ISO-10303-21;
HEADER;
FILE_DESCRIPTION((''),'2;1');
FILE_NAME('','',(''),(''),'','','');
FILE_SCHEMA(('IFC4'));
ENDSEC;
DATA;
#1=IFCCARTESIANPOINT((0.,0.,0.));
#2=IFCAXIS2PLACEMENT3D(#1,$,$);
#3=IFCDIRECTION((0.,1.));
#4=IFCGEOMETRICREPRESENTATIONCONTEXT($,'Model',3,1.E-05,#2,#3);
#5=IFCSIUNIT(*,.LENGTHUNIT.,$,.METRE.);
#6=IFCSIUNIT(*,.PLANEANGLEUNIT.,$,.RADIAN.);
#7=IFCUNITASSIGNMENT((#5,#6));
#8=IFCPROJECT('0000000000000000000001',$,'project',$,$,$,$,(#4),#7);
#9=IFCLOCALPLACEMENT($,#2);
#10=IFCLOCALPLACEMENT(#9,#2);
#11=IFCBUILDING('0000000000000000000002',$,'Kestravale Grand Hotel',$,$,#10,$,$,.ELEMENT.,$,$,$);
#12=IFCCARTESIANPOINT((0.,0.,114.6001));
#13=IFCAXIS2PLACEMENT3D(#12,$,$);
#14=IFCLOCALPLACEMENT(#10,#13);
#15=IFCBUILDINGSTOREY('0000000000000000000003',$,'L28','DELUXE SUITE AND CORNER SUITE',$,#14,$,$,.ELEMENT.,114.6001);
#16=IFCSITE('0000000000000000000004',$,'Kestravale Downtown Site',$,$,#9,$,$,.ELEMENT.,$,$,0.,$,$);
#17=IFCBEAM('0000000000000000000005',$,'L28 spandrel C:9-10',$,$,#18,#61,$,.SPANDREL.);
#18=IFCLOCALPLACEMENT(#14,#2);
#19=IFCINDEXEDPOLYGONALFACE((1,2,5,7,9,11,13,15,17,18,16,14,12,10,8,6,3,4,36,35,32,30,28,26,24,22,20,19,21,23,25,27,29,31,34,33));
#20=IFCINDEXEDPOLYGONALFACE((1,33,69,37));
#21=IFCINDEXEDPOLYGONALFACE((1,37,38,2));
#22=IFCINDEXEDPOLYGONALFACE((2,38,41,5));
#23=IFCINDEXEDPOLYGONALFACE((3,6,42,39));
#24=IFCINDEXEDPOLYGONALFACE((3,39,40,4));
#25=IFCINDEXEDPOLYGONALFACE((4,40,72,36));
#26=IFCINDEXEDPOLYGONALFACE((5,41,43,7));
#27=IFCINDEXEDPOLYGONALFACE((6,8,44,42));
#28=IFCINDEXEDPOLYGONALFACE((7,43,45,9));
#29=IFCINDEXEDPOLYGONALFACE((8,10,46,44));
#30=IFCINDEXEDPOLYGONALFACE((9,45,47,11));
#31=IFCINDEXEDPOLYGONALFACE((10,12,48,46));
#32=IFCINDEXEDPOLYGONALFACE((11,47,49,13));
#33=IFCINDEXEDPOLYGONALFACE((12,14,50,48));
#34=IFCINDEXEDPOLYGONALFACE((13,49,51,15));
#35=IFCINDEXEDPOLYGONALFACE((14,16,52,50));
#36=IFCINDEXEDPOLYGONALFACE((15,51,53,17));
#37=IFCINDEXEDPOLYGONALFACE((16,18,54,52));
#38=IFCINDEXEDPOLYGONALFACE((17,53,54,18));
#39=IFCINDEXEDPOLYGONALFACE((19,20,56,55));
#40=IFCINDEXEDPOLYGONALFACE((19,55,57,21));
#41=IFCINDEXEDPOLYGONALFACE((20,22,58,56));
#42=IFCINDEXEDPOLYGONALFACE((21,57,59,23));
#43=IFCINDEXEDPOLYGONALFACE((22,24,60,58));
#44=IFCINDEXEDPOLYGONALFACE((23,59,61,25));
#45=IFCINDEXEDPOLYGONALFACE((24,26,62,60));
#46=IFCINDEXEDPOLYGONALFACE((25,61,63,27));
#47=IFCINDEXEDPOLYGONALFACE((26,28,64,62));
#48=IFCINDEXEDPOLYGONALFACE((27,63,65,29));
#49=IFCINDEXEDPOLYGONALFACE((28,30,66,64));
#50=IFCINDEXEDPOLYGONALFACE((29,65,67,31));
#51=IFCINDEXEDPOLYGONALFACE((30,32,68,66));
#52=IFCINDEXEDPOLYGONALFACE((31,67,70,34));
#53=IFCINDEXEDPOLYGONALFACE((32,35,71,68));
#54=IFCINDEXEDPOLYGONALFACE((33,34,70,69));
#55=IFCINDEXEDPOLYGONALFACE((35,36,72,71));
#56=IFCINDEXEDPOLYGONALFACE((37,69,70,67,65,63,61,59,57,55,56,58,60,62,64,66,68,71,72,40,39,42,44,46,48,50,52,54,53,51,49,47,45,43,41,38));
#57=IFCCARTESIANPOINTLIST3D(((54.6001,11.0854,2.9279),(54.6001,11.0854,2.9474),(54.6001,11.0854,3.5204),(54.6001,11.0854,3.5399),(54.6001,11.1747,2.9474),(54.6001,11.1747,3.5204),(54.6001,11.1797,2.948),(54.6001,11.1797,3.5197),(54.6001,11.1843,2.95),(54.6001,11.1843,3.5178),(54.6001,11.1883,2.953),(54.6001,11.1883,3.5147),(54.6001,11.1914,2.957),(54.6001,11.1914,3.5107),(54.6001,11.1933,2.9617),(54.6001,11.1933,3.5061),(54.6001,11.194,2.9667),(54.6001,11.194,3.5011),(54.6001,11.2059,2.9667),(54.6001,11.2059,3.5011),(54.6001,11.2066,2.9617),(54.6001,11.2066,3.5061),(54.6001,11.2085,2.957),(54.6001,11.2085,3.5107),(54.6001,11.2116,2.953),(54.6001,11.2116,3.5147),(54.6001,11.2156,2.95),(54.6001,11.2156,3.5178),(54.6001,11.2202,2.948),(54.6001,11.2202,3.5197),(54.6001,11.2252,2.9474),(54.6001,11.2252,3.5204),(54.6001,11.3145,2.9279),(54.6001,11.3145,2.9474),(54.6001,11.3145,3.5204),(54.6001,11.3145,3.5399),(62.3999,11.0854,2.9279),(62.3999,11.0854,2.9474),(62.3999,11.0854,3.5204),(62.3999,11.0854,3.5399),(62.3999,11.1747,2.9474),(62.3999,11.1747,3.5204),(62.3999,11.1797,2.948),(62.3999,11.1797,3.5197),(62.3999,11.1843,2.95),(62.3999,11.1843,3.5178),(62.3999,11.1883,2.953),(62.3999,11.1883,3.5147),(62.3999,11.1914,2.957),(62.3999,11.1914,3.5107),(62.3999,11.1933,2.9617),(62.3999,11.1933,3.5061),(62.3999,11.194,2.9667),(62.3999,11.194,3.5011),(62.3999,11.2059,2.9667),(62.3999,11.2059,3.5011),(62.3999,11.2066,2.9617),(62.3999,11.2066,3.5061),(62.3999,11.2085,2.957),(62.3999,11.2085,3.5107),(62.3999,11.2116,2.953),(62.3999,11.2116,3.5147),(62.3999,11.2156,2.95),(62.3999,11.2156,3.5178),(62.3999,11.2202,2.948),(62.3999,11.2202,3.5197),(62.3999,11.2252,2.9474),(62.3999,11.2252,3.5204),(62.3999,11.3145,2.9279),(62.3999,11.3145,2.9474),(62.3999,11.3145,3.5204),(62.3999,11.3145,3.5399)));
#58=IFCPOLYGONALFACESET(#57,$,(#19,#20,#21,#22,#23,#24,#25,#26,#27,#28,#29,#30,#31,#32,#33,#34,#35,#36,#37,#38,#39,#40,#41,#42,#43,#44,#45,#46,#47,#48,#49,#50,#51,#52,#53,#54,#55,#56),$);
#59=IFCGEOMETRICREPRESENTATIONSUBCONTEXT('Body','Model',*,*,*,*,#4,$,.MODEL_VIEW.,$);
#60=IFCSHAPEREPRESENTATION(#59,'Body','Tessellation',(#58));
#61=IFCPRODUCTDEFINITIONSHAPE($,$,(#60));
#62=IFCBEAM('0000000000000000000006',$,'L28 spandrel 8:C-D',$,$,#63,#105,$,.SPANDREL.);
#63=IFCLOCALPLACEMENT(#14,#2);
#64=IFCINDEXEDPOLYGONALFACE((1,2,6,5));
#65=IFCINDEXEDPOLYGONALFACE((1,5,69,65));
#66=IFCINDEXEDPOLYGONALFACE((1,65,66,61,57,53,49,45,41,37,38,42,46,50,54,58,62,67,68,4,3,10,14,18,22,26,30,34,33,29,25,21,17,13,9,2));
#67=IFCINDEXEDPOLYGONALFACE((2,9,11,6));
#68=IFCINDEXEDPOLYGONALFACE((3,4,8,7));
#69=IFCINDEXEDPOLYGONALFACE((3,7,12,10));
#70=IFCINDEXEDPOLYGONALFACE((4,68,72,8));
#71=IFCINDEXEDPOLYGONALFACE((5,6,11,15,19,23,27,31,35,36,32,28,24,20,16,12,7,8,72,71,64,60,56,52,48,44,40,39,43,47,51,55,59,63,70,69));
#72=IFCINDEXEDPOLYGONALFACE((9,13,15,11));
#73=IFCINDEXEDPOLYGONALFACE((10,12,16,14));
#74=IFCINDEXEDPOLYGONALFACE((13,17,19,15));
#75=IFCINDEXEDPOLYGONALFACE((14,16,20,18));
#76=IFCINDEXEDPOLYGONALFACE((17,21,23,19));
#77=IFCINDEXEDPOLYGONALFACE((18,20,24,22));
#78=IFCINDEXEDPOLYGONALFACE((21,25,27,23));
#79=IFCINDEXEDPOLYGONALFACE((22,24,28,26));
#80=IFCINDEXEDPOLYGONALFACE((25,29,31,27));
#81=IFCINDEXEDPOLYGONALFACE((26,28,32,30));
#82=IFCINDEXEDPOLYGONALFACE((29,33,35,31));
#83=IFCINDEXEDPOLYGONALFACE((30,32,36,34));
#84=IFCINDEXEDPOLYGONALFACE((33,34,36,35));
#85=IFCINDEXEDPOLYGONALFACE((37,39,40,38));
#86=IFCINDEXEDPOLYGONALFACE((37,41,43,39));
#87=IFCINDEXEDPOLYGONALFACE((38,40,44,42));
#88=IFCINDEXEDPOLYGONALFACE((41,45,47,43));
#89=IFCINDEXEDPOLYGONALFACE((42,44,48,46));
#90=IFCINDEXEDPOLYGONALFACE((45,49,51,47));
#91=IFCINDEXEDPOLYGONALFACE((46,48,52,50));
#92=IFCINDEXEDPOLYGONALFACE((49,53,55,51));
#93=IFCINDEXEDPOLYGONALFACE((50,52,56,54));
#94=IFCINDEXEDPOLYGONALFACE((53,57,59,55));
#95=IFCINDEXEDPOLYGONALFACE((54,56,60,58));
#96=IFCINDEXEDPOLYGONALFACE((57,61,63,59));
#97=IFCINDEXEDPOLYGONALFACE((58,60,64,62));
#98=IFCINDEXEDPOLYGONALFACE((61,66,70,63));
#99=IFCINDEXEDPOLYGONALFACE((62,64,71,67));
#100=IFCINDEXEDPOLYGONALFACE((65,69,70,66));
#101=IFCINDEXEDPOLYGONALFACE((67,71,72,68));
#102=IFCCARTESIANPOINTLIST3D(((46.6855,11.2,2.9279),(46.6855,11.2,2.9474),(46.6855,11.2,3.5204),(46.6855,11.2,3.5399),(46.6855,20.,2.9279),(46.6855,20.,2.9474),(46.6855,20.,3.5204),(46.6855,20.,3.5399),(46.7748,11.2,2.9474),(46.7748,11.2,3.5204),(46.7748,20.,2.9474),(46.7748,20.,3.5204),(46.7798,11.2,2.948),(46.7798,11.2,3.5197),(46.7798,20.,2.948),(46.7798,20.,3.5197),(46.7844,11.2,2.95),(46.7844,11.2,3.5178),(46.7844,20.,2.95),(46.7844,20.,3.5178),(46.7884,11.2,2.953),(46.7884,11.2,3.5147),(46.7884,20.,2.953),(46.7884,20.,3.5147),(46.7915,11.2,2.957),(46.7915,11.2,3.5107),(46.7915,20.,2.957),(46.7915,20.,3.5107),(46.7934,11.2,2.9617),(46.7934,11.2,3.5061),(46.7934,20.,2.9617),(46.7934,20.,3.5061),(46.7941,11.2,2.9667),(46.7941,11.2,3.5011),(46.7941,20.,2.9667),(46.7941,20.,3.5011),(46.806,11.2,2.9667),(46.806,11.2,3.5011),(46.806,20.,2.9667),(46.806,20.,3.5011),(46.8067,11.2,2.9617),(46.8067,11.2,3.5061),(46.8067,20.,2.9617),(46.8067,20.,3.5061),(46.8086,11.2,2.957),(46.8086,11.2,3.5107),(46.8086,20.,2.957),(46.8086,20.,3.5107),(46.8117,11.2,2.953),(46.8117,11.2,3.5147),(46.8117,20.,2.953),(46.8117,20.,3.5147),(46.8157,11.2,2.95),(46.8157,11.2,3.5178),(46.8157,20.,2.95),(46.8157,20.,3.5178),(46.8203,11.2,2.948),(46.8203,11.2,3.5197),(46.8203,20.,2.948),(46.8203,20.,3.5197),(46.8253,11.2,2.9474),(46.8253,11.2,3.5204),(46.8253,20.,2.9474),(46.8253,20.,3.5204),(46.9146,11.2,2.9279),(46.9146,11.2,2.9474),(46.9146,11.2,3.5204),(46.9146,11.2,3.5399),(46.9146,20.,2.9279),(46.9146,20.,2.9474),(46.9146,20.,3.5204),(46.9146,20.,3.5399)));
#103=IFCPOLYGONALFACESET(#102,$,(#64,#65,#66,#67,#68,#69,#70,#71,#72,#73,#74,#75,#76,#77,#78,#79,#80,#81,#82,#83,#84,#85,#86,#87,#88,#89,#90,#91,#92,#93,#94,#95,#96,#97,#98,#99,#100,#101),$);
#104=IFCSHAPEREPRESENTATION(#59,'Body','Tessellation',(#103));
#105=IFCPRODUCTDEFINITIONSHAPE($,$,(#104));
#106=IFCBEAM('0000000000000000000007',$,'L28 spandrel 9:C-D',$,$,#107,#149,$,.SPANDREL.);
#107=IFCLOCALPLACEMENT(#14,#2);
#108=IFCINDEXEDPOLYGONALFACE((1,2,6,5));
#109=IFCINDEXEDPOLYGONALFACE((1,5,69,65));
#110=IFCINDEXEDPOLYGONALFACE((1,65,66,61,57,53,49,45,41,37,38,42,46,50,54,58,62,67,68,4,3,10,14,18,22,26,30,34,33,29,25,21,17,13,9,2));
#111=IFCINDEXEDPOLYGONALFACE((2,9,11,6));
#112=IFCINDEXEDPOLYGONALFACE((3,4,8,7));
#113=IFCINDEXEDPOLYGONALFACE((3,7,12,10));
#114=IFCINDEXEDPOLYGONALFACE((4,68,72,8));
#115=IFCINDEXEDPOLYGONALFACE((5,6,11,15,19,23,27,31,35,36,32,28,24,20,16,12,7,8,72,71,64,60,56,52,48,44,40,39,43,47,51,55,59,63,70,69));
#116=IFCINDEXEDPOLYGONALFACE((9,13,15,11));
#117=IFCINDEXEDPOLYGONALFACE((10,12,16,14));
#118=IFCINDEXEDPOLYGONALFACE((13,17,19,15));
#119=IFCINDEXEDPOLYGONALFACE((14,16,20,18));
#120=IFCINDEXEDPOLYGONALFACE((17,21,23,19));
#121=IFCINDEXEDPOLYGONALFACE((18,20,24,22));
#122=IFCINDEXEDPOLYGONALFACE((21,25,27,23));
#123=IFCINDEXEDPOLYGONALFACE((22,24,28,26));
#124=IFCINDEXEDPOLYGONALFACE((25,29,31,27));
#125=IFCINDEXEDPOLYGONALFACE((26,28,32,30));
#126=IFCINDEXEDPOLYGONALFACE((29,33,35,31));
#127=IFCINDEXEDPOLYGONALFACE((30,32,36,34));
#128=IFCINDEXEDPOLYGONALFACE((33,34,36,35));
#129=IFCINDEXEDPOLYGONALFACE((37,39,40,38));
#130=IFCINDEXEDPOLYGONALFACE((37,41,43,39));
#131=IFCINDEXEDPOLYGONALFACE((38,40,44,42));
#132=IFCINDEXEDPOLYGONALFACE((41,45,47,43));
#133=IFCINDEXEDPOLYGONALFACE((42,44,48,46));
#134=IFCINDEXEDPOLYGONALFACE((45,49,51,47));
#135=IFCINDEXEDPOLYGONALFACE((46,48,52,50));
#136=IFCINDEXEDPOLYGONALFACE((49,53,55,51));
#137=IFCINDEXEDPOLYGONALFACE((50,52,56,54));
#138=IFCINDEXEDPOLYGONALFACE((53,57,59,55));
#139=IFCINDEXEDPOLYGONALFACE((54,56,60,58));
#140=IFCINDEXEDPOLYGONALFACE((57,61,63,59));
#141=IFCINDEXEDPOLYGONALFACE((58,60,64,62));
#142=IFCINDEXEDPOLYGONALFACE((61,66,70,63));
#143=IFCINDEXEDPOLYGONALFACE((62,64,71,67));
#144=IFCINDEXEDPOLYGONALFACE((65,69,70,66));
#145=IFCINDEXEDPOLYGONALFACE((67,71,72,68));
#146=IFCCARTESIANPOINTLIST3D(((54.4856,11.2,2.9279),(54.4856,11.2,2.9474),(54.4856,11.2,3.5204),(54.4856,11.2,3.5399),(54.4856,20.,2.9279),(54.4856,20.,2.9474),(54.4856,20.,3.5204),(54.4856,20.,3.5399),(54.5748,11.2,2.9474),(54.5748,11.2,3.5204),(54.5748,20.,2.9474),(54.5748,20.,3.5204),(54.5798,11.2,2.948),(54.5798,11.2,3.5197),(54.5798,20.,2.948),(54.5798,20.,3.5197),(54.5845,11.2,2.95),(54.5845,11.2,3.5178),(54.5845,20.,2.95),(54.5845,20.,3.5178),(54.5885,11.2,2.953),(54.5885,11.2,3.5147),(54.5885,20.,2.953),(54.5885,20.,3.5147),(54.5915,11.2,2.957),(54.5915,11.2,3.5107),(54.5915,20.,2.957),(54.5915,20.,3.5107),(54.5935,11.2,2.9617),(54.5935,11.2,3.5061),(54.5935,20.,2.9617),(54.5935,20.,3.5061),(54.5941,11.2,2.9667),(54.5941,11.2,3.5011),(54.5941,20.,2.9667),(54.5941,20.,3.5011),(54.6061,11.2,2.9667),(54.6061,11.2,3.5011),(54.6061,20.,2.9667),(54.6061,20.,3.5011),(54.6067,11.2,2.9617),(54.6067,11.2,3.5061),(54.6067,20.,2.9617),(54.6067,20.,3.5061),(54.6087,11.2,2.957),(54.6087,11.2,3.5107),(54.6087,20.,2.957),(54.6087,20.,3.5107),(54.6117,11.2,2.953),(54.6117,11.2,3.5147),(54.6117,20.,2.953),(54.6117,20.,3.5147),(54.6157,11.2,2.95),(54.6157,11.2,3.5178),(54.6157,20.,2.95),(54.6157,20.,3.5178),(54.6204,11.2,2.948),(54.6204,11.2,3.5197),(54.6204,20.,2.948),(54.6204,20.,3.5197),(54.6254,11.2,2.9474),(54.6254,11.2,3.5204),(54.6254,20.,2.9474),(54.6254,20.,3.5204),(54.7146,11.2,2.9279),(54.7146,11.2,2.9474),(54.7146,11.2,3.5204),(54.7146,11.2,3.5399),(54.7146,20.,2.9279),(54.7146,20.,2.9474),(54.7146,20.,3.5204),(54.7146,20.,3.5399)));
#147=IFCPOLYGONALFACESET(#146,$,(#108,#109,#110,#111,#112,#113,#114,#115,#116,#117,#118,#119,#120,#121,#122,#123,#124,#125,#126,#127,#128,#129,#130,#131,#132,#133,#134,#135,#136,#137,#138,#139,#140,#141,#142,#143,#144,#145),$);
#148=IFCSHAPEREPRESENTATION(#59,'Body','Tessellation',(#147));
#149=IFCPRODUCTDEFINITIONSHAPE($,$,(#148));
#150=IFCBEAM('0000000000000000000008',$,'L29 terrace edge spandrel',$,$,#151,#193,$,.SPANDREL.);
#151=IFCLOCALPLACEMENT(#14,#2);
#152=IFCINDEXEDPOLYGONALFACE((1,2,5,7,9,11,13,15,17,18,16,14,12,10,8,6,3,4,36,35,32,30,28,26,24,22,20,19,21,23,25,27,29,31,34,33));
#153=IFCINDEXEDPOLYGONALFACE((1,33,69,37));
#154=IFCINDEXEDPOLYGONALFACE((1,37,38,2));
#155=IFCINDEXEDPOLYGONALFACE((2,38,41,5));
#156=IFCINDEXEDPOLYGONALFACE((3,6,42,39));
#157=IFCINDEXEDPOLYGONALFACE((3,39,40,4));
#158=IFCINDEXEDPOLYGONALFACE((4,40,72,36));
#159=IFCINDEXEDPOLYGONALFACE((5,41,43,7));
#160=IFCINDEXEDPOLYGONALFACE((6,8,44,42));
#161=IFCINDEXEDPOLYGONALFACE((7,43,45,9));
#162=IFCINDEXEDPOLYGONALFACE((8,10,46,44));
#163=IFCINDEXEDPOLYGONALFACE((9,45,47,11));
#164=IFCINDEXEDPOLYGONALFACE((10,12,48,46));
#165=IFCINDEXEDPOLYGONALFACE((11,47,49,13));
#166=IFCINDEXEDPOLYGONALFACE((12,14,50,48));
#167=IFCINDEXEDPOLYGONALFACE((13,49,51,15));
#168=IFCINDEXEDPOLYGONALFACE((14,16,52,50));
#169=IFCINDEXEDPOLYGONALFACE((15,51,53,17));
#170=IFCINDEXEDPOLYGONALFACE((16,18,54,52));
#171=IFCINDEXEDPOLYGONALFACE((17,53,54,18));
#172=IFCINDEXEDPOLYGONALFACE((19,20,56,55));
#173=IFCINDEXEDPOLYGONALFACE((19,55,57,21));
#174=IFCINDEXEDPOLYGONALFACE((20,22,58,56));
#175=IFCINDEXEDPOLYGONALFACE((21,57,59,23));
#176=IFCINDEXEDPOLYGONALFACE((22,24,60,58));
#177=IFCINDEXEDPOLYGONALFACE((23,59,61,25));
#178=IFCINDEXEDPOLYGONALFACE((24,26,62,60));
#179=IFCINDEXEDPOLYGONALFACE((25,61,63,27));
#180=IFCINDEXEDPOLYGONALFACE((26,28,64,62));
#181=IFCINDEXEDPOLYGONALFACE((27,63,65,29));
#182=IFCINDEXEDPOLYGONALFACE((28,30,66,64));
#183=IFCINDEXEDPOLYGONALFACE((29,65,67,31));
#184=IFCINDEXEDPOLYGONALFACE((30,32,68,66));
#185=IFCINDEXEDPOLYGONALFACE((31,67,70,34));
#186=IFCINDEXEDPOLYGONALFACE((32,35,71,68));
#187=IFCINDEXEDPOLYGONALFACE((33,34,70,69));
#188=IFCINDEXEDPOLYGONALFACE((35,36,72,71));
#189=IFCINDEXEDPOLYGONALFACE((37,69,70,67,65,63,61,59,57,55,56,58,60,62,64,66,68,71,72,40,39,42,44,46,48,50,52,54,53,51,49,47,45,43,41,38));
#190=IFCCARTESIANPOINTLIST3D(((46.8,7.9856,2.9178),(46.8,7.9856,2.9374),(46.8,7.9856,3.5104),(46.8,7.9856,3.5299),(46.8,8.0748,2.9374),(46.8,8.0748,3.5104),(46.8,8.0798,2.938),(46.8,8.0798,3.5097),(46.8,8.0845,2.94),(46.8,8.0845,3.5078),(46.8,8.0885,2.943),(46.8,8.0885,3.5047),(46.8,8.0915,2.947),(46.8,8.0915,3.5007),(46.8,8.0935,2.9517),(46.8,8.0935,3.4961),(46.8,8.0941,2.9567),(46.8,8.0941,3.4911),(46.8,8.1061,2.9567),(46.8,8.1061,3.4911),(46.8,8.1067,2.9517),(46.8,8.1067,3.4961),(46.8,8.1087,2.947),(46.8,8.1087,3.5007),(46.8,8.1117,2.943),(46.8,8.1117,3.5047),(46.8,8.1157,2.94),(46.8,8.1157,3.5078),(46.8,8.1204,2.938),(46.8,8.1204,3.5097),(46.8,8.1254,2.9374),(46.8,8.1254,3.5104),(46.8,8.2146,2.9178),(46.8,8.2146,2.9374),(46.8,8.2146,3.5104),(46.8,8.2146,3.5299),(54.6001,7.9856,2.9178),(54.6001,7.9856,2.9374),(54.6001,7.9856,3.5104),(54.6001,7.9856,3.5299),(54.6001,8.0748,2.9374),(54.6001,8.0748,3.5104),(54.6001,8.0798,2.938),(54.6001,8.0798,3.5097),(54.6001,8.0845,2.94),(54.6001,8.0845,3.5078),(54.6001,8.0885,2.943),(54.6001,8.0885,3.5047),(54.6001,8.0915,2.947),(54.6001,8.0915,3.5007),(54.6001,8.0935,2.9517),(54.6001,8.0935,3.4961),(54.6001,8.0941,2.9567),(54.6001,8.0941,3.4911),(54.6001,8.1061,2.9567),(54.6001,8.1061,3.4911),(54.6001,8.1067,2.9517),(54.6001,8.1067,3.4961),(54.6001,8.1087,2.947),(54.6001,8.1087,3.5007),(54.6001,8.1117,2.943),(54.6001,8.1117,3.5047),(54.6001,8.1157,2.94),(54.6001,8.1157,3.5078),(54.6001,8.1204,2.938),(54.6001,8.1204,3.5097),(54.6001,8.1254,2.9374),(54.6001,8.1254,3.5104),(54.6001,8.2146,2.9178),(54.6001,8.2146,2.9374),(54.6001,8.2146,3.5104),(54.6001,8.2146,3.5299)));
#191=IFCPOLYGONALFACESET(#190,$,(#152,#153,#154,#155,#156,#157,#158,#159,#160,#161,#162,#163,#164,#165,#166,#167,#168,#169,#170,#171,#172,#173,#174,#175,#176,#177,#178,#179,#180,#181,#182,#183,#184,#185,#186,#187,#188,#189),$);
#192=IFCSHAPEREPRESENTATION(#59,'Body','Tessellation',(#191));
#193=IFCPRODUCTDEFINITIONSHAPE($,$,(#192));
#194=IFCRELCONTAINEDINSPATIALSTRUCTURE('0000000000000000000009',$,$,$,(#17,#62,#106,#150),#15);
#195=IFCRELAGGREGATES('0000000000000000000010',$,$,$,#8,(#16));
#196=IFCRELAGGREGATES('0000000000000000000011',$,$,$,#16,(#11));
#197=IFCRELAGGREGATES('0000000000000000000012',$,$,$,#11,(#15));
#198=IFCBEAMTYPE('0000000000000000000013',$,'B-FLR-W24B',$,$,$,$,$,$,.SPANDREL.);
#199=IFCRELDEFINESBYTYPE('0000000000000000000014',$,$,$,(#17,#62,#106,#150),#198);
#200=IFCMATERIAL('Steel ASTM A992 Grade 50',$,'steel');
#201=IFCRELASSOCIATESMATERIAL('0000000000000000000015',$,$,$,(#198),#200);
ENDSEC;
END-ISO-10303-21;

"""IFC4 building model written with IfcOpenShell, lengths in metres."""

from ifc_helpers import new_model, si_unit, direction, frame, origin, origin_2d, place, context, subcontext, project, spatial, i_section, extrude, material, material_profile, profile_set, type_object, element, save


model = new_model("IFC4")

# Units and contexts
model_context = context("Model", 3, precision=1e-05, world=origin(), true_north=direction((0.0, 1.0)))
body_context = subcontext(model_context, "Body", "Model", "MODEL_VIEW")
ifc_project = project(units=[si_unit("LENGTHUNIT", "METRE"), si_unit("PLANEANGLEUNIT", "RADIAN")], contexts=[model_context])

# Site, building, storey
site_placement = place(None, origin())
site = spatial("IfcSite", under=ifc_project, at=site_placement, Name="Kestravale Downtown Site", CompositionType="ELEMENT", RefElevation=0.0)
building_placement = place(site_placement, origin())
building = spatial("IfcBuilding", under=site, at=building_placement, Name="Kestravale Grand Hotel", CompositionType="ELEMENT")
storey_placement = place(building_placement, frame((0.0, 0.0, 114.6001)))
storey = spatial("IfcBuildingStorey", under=building, at=storey_placement, Name="L28", Description="DELUXE SUITE AND CORNER SUITE", CompositionType="ELEMENT", Elevation=114.6001)

# Beams
ifc_material_1 = material(Name="Steel ASTM A992 Grade 50", Category="steel")
ifc_material_profile_1 = material_profile(ifc_material_1, i_section(OverallWidth=0.229, OverallDepth=0.6121, WebThickness=0.012, FlangeThickness=0.0195, FilletRadius=0.0193, at=origin_2d()))
ifc_profile_set_1 = profile_set([ifc_material_profile_1], Name="Steel ASTM A992 Grade 50")
beam_type_1 = type_object("IfcBeamType", Name="B-FLR-W24B", PredefinedType="SPANDREL", material=ifc_profile_set_1)
beam_1_placement = place(storey_placement, frame((54.6001, 11.2, 3.2339), z_axis=(1.0, 0.0, 0.0), x_axis=(0.0, 1.0, 0.0)))
element("IfcBeam", 1, at=beam_1_placement, inside=storey, type_object=beam_type_1, Name="L28 spandrel C:9-10", PredefinedType="SPANDREL", context=body_context, shape_type="SweptSolid", body=[
    extrude(i_section(OverallWidth=0.229, OverallDepth=0.6121, WebThickness=0.012, FlangeThickness=0.0195, FilletRadius=0.0193, at=origin_2d()), origin(), (0.0, 0.0, 1.0), 7.7998),
])
for number, where, z_axis, x_axis, name in (
    (2, (46.8, 11.2, 3.2339), (0.0, 1.0, 0.0), (-1.0, 0.0, 0.0), "L28 spandrel 8:C-D"),
    (3, (54.6001, 11.2, 3.2339), (0.0, 1.0, 0.0), (-1.0, 0.0, 0.0), "L28 spandrel 9:C-D"),
):
    element("IfcBeam", number, at=place(storey_placement, frame(where, z_axis=z_axis, x_axis=x_axis)), inside=storey, type_object=beam_type_1, Name=name, PredefinedType="SPANDREL", context=body_context, shape_type="SweptSolid", body=[
        extrude(i_section(OverallWidth=0.229, OverallDepth=0.6121, WebThickness=0.012, FlangeThickness=0.0195, FilletRadius=0.0193, at=origin_2d()), origin(), (0.0, 0.0, 1.0), 8.8),
    ])
beam_2_placement = place(storey_placement, frame((46.8, 8.1001, 3.2239), z_axis=(1.0, 0.0, 0.0), x_axis=(0.0, 1.0, 0.0)))
element("IfcBeam", 4, at=beam_2_placement, inside=storey, type_object=beam_type_1, Name="L29 terrace edge spandrel", PredefinedType="SPANDREL", context=body_context, shape_type="SweptSolid", body=[
    extrude(i_section(OverallWidth=0.229, OverallDepth=0.6121, WebThickness=0.012, FlangeThickness=0.0195, FilletRadius=0.0193, at=origin_2d()), origin(), (0.0, 0.0, 1.0), 7.8),
])

save(model, "model.ifc")
